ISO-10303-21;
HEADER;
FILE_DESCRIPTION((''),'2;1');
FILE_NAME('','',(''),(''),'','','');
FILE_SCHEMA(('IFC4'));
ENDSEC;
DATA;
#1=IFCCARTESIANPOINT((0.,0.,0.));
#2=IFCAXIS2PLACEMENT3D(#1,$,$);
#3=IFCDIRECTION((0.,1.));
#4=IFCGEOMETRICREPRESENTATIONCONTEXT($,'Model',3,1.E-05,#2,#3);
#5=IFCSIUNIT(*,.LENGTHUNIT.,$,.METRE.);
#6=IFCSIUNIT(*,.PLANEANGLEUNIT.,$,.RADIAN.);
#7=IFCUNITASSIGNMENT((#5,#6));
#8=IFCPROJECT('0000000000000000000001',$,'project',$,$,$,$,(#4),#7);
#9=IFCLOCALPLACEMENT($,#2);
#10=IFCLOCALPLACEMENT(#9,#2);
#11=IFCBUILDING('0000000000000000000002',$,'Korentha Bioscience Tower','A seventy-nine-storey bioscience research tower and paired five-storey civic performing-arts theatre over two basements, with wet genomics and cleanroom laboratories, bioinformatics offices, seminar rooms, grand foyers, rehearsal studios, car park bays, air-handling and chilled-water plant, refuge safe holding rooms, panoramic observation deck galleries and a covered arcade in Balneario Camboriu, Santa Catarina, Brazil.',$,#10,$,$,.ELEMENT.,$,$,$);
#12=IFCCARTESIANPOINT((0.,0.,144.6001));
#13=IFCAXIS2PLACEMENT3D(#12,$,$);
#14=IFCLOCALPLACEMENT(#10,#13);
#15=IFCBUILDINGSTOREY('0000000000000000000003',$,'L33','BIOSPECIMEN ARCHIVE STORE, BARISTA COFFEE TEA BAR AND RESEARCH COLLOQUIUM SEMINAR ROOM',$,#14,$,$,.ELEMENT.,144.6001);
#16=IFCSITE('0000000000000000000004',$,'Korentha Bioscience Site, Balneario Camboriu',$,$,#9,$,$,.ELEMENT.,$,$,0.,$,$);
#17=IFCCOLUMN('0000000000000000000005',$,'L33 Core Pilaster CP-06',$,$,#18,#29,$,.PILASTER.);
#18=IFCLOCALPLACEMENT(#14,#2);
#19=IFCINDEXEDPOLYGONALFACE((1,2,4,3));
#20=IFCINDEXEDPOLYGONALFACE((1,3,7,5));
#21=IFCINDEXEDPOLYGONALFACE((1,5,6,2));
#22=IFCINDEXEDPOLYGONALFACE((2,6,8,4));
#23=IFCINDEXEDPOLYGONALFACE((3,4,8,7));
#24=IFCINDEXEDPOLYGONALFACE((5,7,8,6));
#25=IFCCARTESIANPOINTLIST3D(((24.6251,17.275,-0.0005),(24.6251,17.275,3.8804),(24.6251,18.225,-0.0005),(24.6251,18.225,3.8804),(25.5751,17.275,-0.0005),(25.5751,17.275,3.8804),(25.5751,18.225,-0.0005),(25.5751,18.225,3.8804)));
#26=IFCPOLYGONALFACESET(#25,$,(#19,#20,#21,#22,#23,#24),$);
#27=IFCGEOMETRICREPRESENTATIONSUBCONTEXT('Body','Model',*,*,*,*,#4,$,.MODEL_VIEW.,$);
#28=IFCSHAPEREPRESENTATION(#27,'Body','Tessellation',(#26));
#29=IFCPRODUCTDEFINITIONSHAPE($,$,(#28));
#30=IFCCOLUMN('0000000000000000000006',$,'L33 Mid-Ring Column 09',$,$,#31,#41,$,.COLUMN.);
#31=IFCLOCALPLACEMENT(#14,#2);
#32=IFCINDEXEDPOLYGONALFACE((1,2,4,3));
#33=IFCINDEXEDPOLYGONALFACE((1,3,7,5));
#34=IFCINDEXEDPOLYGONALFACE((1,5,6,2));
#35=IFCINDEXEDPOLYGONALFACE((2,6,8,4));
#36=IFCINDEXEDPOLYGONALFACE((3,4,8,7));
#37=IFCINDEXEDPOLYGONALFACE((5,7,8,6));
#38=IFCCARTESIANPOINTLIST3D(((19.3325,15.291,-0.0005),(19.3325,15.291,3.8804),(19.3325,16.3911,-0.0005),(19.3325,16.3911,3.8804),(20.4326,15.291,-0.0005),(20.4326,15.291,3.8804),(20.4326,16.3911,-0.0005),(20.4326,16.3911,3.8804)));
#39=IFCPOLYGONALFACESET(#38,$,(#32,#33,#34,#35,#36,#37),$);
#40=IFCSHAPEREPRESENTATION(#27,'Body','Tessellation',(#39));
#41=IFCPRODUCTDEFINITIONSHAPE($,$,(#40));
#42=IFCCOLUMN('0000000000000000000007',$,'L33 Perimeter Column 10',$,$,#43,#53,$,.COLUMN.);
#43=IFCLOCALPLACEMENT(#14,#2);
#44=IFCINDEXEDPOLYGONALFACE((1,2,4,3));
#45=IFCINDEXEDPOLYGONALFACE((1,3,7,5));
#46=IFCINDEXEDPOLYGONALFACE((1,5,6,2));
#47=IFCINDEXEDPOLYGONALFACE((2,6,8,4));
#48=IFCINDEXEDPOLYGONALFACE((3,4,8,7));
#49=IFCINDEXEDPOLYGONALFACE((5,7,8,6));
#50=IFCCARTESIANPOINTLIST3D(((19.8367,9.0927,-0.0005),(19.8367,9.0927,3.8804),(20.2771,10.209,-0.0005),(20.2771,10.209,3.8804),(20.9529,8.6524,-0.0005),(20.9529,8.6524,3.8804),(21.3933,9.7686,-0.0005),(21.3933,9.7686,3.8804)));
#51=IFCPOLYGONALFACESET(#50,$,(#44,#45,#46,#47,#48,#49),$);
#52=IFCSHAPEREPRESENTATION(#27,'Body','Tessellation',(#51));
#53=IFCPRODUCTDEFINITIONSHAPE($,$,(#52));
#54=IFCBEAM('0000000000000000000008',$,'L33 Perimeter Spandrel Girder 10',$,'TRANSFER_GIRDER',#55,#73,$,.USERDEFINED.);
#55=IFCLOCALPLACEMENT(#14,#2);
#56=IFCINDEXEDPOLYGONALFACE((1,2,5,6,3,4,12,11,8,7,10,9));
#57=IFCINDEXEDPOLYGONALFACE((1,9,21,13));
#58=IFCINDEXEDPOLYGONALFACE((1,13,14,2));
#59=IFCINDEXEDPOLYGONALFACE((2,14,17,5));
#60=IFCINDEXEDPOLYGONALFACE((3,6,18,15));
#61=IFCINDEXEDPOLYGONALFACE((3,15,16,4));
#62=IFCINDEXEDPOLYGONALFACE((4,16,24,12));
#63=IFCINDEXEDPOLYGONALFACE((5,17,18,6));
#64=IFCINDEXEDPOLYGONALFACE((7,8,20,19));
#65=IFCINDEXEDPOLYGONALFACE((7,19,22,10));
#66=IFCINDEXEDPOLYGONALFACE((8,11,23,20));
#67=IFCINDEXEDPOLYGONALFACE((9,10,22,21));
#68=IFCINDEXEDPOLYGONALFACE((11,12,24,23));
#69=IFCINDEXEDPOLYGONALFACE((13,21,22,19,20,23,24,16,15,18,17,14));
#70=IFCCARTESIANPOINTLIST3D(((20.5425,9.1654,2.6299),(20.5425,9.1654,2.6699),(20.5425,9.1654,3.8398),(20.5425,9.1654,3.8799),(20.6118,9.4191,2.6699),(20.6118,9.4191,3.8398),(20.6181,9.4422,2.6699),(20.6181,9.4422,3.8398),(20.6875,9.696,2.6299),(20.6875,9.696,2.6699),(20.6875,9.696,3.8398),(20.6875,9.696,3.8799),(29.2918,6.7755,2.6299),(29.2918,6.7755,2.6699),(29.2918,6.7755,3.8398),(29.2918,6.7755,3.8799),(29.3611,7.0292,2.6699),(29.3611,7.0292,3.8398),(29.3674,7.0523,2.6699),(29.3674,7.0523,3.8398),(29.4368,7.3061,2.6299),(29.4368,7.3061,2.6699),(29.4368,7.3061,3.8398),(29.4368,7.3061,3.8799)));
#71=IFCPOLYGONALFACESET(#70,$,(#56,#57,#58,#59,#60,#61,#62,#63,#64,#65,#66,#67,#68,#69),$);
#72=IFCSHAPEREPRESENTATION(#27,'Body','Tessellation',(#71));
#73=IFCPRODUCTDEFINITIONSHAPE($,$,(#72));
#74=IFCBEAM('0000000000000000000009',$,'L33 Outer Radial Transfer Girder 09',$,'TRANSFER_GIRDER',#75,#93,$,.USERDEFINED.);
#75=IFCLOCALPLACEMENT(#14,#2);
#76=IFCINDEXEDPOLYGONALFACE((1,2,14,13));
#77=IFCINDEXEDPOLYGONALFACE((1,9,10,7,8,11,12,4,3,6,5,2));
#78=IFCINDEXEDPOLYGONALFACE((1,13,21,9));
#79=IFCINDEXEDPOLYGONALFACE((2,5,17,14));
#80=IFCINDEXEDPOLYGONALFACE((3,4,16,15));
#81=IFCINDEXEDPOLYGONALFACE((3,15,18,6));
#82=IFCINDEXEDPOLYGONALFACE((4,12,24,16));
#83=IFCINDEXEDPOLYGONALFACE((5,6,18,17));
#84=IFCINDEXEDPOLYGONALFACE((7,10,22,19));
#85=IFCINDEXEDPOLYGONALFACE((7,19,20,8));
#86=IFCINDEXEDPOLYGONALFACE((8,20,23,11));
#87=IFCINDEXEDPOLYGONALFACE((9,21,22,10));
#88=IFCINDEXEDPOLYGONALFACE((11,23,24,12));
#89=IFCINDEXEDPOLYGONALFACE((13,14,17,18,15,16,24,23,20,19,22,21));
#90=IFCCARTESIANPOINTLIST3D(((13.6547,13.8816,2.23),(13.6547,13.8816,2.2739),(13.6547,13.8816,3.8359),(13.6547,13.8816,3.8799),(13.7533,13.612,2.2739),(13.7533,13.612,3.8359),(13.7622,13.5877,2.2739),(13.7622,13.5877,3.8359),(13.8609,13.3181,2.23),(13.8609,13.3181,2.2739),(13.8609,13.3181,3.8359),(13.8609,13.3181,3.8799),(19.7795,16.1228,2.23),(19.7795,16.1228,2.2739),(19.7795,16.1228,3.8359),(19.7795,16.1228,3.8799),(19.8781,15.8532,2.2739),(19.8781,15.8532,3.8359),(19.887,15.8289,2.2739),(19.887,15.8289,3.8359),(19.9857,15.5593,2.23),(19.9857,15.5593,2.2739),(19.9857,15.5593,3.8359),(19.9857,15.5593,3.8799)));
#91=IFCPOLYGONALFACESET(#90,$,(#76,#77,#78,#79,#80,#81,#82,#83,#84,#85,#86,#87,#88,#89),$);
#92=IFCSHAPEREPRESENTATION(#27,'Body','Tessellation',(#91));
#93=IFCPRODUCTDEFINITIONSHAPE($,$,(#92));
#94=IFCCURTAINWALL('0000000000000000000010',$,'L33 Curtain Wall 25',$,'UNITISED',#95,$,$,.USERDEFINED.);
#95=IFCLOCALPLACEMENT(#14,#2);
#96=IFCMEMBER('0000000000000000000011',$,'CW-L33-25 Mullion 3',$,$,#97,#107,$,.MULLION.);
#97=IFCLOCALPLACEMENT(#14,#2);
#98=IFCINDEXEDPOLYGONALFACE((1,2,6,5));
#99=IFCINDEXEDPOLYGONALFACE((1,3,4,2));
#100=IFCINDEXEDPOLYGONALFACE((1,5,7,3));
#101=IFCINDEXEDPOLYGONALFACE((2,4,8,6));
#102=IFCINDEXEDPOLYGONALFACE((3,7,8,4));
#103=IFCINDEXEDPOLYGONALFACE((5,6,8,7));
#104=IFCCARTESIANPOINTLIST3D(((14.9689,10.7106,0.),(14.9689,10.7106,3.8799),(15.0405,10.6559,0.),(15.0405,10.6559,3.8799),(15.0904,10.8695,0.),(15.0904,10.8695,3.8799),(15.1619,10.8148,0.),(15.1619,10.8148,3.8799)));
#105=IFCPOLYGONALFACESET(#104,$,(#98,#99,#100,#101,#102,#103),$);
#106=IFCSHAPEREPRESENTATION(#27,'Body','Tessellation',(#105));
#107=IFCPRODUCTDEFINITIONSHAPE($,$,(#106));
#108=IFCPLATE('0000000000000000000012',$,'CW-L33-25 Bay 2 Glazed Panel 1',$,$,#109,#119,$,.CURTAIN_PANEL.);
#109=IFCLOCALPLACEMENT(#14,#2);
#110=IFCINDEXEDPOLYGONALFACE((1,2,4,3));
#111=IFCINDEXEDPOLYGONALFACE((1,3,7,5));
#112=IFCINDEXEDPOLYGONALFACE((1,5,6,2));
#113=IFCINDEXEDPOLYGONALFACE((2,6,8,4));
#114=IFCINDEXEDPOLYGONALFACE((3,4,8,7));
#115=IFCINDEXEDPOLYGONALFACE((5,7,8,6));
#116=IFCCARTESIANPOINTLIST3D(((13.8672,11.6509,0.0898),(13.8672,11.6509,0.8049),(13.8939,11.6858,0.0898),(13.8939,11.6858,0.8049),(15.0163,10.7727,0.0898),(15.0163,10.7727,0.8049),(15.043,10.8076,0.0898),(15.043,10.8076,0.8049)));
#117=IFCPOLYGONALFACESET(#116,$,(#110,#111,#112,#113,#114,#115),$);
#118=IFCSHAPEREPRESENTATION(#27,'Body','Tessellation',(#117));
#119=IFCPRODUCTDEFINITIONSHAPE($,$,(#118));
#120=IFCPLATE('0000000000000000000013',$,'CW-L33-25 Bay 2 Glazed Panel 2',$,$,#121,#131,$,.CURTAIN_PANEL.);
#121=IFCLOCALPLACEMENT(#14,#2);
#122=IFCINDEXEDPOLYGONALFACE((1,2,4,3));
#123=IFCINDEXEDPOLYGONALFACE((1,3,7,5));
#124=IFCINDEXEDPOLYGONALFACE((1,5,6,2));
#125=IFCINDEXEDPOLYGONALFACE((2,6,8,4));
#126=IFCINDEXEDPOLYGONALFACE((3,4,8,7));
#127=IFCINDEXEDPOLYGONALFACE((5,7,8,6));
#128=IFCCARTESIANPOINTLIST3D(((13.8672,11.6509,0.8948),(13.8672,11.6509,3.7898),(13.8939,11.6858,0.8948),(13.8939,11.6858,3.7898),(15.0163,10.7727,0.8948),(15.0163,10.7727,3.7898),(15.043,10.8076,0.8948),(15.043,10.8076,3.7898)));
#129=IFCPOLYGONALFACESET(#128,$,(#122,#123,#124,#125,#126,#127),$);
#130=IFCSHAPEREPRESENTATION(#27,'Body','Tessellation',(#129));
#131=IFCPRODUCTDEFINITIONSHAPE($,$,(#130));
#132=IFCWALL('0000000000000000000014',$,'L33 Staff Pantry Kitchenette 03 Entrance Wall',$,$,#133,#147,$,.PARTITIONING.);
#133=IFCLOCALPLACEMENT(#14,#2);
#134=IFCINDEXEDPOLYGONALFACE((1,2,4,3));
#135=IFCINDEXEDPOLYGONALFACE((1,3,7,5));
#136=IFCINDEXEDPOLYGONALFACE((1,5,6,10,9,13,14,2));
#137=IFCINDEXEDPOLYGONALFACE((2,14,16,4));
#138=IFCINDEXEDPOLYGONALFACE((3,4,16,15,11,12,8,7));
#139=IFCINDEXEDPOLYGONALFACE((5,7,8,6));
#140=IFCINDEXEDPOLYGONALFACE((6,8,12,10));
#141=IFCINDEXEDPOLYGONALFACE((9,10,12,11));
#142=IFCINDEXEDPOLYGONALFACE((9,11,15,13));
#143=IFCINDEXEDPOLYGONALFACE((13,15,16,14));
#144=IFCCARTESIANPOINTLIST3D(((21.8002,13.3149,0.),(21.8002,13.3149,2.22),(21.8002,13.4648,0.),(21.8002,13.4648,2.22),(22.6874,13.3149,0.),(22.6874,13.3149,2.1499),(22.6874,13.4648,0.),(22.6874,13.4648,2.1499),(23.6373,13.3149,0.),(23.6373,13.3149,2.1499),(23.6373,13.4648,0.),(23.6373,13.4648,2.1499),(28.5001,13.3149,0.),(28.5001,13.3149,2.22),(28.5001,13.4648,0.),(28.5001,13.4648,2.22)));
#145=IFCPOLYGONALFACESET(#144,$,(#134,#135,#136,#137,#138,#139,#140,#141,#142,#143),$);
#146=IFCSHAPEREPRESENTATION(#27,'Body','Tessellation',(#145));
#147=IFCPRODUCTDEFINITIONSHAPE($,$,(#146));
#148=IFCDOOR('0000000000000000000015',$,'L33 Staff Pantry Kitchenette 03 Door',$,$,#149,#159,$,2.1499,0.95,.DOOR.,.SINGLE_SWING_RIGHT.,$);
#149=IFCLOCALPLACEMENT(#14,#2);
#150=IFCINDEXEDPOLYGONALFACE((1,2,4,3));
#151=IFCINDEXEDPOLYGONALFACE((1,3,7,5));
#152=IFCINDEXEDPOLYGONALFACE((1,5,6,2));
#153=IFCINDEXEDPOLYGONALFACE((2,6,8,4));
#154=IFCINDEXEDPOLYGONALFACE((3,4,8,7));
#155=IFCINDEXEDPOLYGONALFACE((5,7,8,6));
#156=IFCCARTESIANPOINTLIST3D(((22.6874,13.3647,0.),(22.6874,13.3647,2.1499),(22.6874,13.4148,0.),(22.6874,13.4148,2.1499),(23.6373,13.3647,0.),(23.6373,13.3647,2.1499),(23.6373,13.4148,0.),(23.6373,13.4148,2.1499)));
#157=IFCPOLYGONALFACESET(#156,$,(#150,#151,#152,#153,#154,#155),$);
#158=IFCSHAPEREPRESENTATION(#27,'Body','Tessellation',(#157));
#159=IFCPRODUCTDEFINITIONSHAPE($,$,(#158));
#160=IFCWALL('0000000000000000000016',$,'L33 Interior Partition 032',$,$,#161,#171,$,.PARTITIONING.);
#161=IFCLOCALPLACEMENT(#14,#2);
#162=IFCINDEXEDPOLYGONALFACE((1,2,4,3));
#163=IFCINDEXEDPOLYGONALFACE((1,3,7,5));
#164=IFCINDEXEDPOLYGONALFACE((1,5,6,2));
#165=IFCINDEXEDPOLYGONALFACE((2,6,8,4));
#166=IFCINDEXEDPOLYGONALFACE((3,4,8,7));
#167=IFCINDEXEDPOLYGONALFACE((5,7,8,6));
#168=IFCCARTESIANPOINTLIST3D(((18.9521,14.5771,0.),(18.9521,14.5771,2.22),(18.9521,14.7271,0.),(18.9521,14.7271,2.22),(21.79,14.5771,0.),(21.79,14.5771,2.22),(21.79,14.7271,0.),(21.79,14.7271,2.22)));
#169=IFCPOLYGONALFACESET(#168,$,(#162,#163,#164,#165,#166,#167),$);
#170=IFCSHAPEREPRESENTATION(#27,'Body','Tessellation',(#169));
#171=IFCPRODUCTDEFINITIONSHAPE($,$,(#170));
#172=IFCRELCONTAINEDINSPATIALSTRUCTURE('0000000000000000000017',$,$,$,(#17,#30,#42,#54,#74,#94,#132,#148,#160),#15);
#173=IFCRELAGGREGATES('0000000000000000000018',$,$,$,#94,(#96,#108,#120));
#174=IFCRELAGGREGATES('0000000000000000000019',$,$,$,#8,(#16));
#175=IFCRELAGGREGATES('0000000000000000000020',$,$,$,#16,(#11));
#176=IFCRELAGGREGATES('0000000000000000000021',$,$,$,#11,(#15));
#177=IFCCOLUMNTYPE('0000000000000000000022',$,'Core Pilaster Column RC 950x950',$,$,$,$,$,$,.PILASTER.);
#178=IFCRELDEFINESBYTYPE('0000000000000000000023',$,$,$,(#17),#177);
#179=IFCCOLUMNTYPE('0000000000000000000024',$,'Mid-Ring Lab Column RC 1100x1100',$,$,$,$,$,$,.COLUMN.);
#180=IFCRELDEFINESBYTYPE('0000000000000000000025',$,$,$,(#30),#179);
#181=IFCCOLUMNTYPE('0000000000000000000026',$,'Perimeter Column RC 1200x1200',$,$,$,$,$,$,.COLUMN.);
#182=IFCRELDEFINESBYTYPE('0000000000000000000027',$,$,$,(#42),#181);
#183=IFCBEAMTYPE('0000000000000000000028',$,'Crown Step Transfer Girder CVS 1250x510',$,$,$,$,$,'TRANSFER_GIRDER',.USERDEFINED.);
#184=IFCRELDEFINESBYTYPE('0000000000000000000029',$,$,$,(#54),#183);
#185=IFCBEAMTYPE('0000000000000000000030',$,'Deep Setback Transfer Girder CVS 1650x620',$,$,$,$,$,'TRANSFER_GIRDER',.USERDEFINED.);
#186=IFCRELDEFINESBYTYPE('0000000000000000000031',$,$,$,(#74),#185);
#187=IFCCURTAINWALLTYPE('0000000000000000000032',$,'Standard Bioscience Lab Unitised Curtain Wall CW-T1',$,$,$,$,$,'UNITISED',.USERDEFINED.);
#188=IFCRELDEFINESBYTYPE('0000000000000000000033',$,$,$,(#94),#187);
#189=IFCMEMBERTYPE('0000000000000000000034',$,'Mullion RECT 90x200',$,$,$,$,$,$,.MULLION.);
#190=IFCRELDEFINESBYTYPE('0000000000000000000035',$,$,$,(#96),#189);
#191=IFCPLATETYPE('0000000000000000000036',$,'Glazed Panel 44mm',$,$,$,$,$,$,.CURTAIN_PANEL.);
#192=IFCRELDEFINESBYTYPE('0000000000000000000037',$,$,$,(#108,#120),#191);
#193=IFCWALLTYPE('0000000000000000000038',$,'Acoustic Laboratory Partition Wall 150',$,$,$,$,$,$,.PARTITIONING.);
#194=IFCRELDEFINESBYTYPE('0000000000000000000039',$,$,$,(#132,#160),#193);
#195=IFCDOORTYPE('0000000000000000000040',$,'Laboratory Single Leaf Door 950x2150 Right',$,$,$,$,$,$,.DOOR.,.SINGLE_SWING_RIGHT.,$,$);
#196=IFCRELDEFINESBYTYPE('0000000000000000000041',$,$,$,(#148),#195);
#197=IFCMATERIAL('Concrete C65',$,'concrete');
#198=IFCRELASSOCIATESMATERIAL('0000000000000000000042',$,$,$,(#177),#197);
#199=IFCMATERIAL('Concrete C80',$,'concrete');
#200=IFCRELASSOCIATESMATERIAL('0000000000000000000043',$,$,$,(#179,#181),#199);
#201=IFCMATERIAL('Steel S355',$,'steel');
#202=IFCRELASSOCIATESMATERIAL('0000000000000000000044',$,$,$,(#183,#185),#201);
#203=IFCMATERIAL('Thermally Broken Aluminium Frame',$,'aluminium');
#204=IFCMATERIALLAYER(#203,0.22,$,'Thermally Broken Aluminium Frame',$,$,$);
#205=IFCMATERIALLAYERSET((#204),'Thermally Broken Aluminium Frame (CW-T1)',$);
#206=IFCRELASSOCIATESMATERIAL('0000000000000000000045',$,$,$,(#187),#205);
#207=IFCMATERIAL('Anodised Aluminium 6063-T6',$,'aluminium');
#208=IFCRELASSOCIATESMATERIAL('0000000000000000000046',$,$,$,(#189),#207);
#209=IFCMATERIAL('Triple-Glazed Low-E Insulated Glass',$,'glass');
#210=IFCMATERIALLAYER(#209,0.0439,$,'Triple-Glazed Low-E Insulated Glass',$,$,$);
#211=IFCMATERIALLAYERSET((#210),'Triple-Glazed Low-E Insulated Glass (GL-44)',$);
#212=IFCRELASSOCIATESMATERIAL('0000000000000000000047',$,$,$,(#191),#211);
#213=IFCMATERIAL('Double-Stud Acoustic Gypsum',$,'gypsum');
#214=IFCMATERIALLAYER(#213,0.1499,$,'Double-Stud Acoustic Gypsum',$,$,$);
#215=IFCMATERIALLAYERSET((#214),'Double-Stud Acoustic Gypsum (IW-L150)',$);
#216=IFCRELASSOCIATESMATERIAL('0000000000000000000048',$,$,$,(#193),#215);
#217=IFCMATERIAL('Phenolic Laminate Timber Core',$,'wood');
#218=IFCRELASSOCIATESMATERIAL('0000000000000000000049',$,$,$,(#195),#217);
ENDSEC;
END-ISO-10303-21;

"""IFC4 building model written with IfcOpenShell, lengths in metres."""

from ifc_helpers import new_model, si_unit, direction, frame, frame_2d, origin, origin_2d, place, context, subcontext, project, spatial, rectangle, i_section, extrude, material, layer, layer_set, material_profile, profile_set, type_object, element, fill, aggregate, save


model = new_model("IFC4")

# Units and contexts
model_context = context("Model", 3, precision=1e-05, world=origin(), true_north=direction((0.0, 1.0)))
body_context = subcontext(model_context, "Body", "Model", "MODEL_VIEW")
ifc_project = project(units=[si_unit("LENGTHUNIT", "METRE"), si_unit("PLANEANGLEUNIT", "RADIAN")], contexts=[model_context])

# Site, building, storey
site_placement = place(None, origin())
site = spatial("IfcSite", under=ifc_project, at=site_placement, Name="Korentha Bioscience Site, Balneario Camboriu", CompositionType="ELEMENT", RefElevation=0.0)
building_placement = place(site_placement, origin())
building = spatial("IfcBuilding", under=site, at=building_placement, Name="Korentha Bioscience Tower", Description="A seventy-nine-storey bioscience research tower and paired five-storey civic performing-arts theatre over two basements, with wet genomics and cleanroom laboratories, bioinformatics offices, seminar rooms, grand foyers, rehearsal studios, car park bays, air-handling and chilled-water plant, refuge safe holding rooms, panoramic observation deck galleries and a covered arcade in Balneario Camboriu, Santa Catarina, Brazil.", CompositionType="ELEMENT")
storey_placement = place(building_placement, frame((0.0, 0.0, 144.6001)))
storey = spatial("IfcBuildingStorey", under=building, at=storey_placement, Name="L33", Description="BIOSPECIMEN ARCHIVE STORE, BARISTA COFFEE TEA BAR AND RESEARCH COLLOQUIUM SEMINAR ROOM", CompositionType="ELEMENT", Elevation=144.6001)

# Columns
ifc_material_1 = material(Name="Concrete C65", Category="concrete")
ifc_material_profile_1 = material_profile(ifc_material_1, rectangle(XDim=0.95, YDim=0.95, at=origin_2d()), Name="Concrete C65")
ifc_profile_set_1 = profile_set([ifc_material_profile_1], Name="Concrete C65 (COL-CP09)")
column_type_1 = type_object("IfcColumnType", Name="Core Pilaster Column RC 950x950", PredefinedType="PILASTER", material=ifc_profile_set_1)
column_1_placement = place(storey_placement, frame((25.1001, 17.75, -0.0005), z_axis=(0.0, 0.0, 1.0), x_axis=(1.0, 0.0, 0.0)))
element("IfcColumn", 1, at=column_1_placement, inside=storey, type_object=column_type_1, Name="L33 Core Pilaster CP-06", PredefinedType="PILASTER", context=body_context, shape_type="SweptSolid", body=[
    extrude(rectangle(XDim=0.95, YDim=0.95, at=origin_2d()), origin(), (0.0, 0.0, 1.0), 3.8809),
])
ifc_material_2 = material(Name="Concrete C80", Category="concrete")
ifc_material_profile_2 = material_profile(ifc_material_2, rectangle(XDim=1.1001, YDim=1.1001, at=origin_2d()), Name="Concrete C80")
ifc_profile_set_2 = profile_set([ifc_material_profile_2], Name="Concrete C80 (COL-MR11)")
column_type_2 = type_object("IfcColumnType", Name="Mid-Ring Lab Column RC 1100x1100", PredefinedType="COLUMN", material=ifc_profile_set_2)
column_2_placement = place(storey_placement, frame((19.8826, 15.8411, -0.0005), z_axis=(0.0, 0.0, 1.0), x_axis=(1.0, 0.0, 0.0)))
element("IfcColumn", 2, at=column_2_placement, inside=storey, type_object=column_type_2, Name="L33 Mid-Ring Column 09", PredefinedType="COLUMN", context=body_context, shape_type="SweptSolid", body=[
    extrude(rectangle(XDim=1.1001, YDim=1.1001, at=origin_2d()), origin(), (0.0, 0.0, 1.0), 3.8809),
])
ifc_material_profile_3 = material_profile(ifc_material_2, rectangle(XDim=1.2, YDim=1.2, at=origin_2d()), Name="Concrete C80")
ifc_profile_set_3 = profile_set([ifc_material_profile_3], Name="Concrete C80 (COL-P12)")
column_type_3 = type_object("IfcColumnType", Name="Perimeter Column RC 1200x1200", PredefinedType="COLUMN", material=ifc_profile_set_3)
column_3_placement = place(storey_placement, frame((20.615, 9.4307, -0.0005), z_axis=(0.0, 0.0, 1.0), x_axis=(-0.930226, 0.366988, 0.0)))
element("IfcColumn", 3, at=column_3_placement, inside=storey, type_object=column_type_3, Name="L33 Perimeter Column 10", PredefinedType="COLUMN", context=body_context, shape_type="SweptSolid", body=[
    extrude(rectangle(XDim=1.2, YDim=1.2, at=origin_2d()), origin(), (0.0, 0.0, 1.0), 3.8809),
])

# Beams
ifc_material_3 = material(Name="Steel S355", Category="steel")
ifc_material_profile_4 = material_profile(ifc_material_3, i_section(OverallWidth=0.55, OverallDepth=1.25, WebThickness=0.0239, FlangeThickness=0.04, at=origin_2d()), Name="Steel S355")
ifc_profile_set_4 = profile_set([ifc_material_profile_4], Name="Steel S355 (TG-03)")
beam_type_1 = type_object("IfcBeamType", Name="Crown Step Transfer Girder CVS 1250x510", ElementType="TRANSFER_GIRDER", PredefinedType="USERDEFINED", material=ifc_profile_set_4)
beam_1_placement = place(storey_placement, frame((20.615, 9.4307, 3.2549), z_axis=(0.964659, -0.2635, 0.0), x_axis=(0.2635, 0.964659, 0.0)))
element("IfcBeam", 4, at=beam_1_placement, inside=storey, type_object=beam_type_1, Name="L33 Perimeter Spandrel Girder 10", ObjectType="TRANSFER_GIRDER", PredefinedType="USERDEFINED", context=body_context, shape_type="SweptSolid", body=[
    extrude(i_section(OverallWidth=0.55, OverallDepth=1.25, WebThickness=0.0239, FlangeThickness=0.04, at=origin_2d()), origin(), (0.0, 0.0, 1.0), 9.0698),
])
ifc_material_profile_5 = material_profile(ifc_material_3, i_section(OverallWidth=0.6001, OverallDepth=1.6499, WebThickness=0.0259, FlangeThickness=0.0439, at=origin_2d()), Name="Steel S355")
ifc_profile_set_5 = profile_set([ifc_material_profile_5], Name="Steel S355 (TG-04)")
beam_type_2 = type_object("IfcBeamType", Name="Deep Setback Transfer Girder CVS 1650x620", ElementType="TRANSFER_GIRDER", PredefinedType="USERDEFINED", material=ifc_profile_set_5)
beam_2_placement = place(storey_placement, frame((19.8826, 15.8411, 3.0549), z_axis=(-0.939101, -0.343642, 0.0), x_axis=(0.343642, -0.939101, 0.0)))
element("IfcBeam", 5, at=beam_2_placement, inside=storey, type_object=beam_type_2, Name="L33 Outer Radial Transfer Girder 09", ObjectType="TRANSFER_GIRDER", PredefinedType="USERDEFINED", context=body_context, shape_type="SweptSolid", body=[
    extrude(i_section(OverallWidth=0.6001, OverallDepth=1.6499, WebThickness=0.0259, FlangeThickness=0.0439, at=origin_2d()), origin(), (0.0, 0.0, 1.0), 6.522),
])

# Curtain wall, member, plates
ifc_material_4 = material(Name="Thermally Broken Aluminium Frame", Category="aluminium")
ifc_layer_1 = layer(ifc_material_4, 0.22, Name="Thermally Broken Aluminium Frame")
ifc_layer_set_1 = layer_set([ifc_layer_1], Name="Thermally Broken Aluminium Frame (CW-T1)")
curtain_wall_type = type_object("IfcCurtainWallType", Name="Standard Bioscience Lab Unitised Curtain Wall CW-T1", ElementType="UNITISED", PredefinedType="USERDEFINED", material=ifc_layer_set_1)
curtain_wall_placement = place(storey_placement, origin())
curtain_wall = element("IfcCurtainWall", 6, at=curtain_wall_placement, inside=storey, type_object=curtain_wall_type, Name="L33 Curtain Wall 25", ObjectType="UNITISED", PredefinedType="USERDEFINED")
ifc_material_5 = material(Name="Anodised Aluminium 6063-T6", Category="aluminium")
ifc_material_profile_6 = material_profile(ifc_material_5, rectangle(XDim=0.0901, YDim=0.2, at=origin_2d()), Name="Anodised Aluminium 6063-T6")
ifc_profile_set_6 = profile_set([ifc_material_profile_6], Name="Anodised Aluminium 6063-T6 (CW-MUL)")
member_type = type_object("IfcMemberType", Name="Mullion RECT 90x200", PredefinedType="MULLION", material=ifc_profile_set_6)
member_placement = place(storey_placement, frame((15.0654, 10.7627, 0.0), z_axis=(0.0, 0.0, 1.0), x_axis=(0.7945, -0.607265, 0.0)))
member = element("IfcMember", 7, at=member_placement, type_object=member_type, Name="CW-L33-25 Mullion 3", PredefinedType="MULLION", context=body_context, shape_type="SweptSolid", body=[
    extrude(rectangle(XDim=0.0901, YDim=0.2, at=origin_2d()), origin(), (0.0, 0.0, 1.0), 3.8799),
])
ifc_material_6 = material(Name="Triple-Glazed Low-E Insulated Glass", Category="glass")
ifc_layer_2 = layer(ifc_material_6, 0.0439, Name="Triple-Glazed Low-E Insulated Glass")
ifc_layer_set_2 = layer_set([ifc_layer_2], Name="Triple-Glazed Low-E Insulated Glass (GL-44)")
plate_type = type_object("IfcPlateType", Name="Glazed Panel 44mm", PredefinedType="CURTAIN_PANEL", material=ifc_layer_set_2)
plate_1_placement = place(storey_placement, frame((14.4551, 11.2292, 0.0898), z_axis=(0.0, 0.0, 1.0), x_axis=(0.7945, -0.607265, 0.0)))
plate_1 = element("IfcPlate", 8, at=plate_1_placement, type_object=plate_type, Name="CW-L33-25 Bay 2 Glazed Panel 1", PredefinedType="CURTAIN_PANEL", context=body_context, shape_type="SweptSolid", body=[
    extrude(rectangle(XDim=1.4463, YDim=0.0439, at=origin_2d()), origin(), (0.0, 0.0, 1.0), 0.7151),
])
plate_2_placement = place(storey_placement, frame((14.4551, 11.2292, 0.8948), z_axis=(0.0, 0.0, 1.0), x_axis=(0.7945, -0.607265, 0.0)))
plate_2 = element("IfcPlate", 9, at=plate_2_placement, type_object=plate_type, Name="CW-L33-25 Bay 2 Glazed Panel 2", PredefinedType="CURTAIN_PANEL", context=body_context, shape_type="SweptSolid", body=[
    extrude(rectangle(XDim=1.4463, YDim=0.0439, at=origin_2d()), origin(), (0.0, 0.0, 1.0), 2.895),
])
aggregate(curtain_wall, [member, plate_1, plate_2])

# Wall, opening, door
ifc_material_7 = material(Name="Double-Stud Acoustic Gypsum", Category="gypsum")
ifc_layer_3 = layer(ifc_material_7, 0.1499, Name="Double-Stud Acoustic Gypsum")
ifc_layer_set_3 = layer_set([ifc_layer_3], Name="Double-Stud Acoustic Gypsum (IW-L150)")
wall_type_1 = type_object("IfcWallType", Name="Acoustic Laboratory Partition Wall 150", PredefinedType="PARTITIONING", material=ifc_layer_set_3)
wall_1_placement = place(storey_placement, frame((21.8, 13.3899, 0.0), z_axis=(0.0, 0.0, 1.0), x_axis=(1.0, 0.0, 0.0)))
wall_1 = element("IfcWall", 10, at=wall_1_placement, inside=storey, type_object=wall_type_1, Name="L33 Staff Pantry Kitchenette 03 Entrance Wall", PredefinedType="PARTITIONING", context=body_context, shape_type="SweptSolid", body=[
    extrude(rectangle(XDim=6.7, YDim=0.1499, at=frame_2d((3.3501, 0.0))), origin(), (0.0, 0.0, 1.0), 2.22),
])
opening_1_placement = place(wall_1_placement, frame((0.8872, 0.0, 0.0)))
opening_1 = element("IfcOpeningElement", 11, at=opening_1_placement, cuts=wall_1, PredefinedType="OPENING", context=body_context, shape_type="SweptSolid", body=[
    extrude(rectangle(XDim=0.95, YDim=2.1499, at=frame_2d((0.4751, 1.075))), frame((0.0, 0.0898, 0.0), z_axis=(0.0, -1.0, 0.0), x_axis=(1.0, 0.0, 0.0)), (0.0, 0.0, 1.0), 0.1797),
])
ifc_material_8 = material(Name="Phenolic Laminate Timber Core", Category="wood")
door_type_1 = type_object("IfcDoorType", Name="Laboratory Single Leaf Door 950x2150 Right", OperationType="SINGLE_SWING_RIGHT", PredefinedType="DOOR", material=ifc_material_8)
door_1_placement = place(opening_1_placement, origin())
door_1 = element("IfcDoor", 12, at=door_1_placement, inside=storey, type_object=door_type_1, Name="L33 Staff Pantry Kitchenette 03 Door", OperationType="SINGLE_SWING_RIGHT", OverallHeight=2.1499, OverallWidth=0.95, PredefinedType="DOOR", context=body_context, shape_type="SweptSolid", body=[
    extrude(rectangle(XDim=0.95, YDim=2.1499, at=frame_2d((0.4751, 1.075))), frame((0.0, 0.0249, 0.0), z_axis=(0.0, -1.0, 0.0), x_axis=(1.0, 0.0, 0.0)), (0.0, 0.0, 1.0), 0.05),
])
fill(opening_1, door_1)

# Wall
wall_2_placement = place(storey_placement, frame((21.79, 14.6521, 0.0), z_axis=(0.0, 0.0, 1.0), x_axis=(-1.0, 0.0, 0.0)))
element("IfcWall", 13, at=wall_2_placement, inside=storey, type_object=wall_type_1, Name="L33 Interior Partition 032", PredefinedType="PARTITIONING", context=body_context, shape_type="SweptSolid", body=[
    extrude(rectangle(XDim=2.8379, YDim=0.1499, at=frame_2d((1.4189, 0.0))), origin(), (0.0, 0.0, 1.0), 2.22),
])

save(model, "model.ifc")
